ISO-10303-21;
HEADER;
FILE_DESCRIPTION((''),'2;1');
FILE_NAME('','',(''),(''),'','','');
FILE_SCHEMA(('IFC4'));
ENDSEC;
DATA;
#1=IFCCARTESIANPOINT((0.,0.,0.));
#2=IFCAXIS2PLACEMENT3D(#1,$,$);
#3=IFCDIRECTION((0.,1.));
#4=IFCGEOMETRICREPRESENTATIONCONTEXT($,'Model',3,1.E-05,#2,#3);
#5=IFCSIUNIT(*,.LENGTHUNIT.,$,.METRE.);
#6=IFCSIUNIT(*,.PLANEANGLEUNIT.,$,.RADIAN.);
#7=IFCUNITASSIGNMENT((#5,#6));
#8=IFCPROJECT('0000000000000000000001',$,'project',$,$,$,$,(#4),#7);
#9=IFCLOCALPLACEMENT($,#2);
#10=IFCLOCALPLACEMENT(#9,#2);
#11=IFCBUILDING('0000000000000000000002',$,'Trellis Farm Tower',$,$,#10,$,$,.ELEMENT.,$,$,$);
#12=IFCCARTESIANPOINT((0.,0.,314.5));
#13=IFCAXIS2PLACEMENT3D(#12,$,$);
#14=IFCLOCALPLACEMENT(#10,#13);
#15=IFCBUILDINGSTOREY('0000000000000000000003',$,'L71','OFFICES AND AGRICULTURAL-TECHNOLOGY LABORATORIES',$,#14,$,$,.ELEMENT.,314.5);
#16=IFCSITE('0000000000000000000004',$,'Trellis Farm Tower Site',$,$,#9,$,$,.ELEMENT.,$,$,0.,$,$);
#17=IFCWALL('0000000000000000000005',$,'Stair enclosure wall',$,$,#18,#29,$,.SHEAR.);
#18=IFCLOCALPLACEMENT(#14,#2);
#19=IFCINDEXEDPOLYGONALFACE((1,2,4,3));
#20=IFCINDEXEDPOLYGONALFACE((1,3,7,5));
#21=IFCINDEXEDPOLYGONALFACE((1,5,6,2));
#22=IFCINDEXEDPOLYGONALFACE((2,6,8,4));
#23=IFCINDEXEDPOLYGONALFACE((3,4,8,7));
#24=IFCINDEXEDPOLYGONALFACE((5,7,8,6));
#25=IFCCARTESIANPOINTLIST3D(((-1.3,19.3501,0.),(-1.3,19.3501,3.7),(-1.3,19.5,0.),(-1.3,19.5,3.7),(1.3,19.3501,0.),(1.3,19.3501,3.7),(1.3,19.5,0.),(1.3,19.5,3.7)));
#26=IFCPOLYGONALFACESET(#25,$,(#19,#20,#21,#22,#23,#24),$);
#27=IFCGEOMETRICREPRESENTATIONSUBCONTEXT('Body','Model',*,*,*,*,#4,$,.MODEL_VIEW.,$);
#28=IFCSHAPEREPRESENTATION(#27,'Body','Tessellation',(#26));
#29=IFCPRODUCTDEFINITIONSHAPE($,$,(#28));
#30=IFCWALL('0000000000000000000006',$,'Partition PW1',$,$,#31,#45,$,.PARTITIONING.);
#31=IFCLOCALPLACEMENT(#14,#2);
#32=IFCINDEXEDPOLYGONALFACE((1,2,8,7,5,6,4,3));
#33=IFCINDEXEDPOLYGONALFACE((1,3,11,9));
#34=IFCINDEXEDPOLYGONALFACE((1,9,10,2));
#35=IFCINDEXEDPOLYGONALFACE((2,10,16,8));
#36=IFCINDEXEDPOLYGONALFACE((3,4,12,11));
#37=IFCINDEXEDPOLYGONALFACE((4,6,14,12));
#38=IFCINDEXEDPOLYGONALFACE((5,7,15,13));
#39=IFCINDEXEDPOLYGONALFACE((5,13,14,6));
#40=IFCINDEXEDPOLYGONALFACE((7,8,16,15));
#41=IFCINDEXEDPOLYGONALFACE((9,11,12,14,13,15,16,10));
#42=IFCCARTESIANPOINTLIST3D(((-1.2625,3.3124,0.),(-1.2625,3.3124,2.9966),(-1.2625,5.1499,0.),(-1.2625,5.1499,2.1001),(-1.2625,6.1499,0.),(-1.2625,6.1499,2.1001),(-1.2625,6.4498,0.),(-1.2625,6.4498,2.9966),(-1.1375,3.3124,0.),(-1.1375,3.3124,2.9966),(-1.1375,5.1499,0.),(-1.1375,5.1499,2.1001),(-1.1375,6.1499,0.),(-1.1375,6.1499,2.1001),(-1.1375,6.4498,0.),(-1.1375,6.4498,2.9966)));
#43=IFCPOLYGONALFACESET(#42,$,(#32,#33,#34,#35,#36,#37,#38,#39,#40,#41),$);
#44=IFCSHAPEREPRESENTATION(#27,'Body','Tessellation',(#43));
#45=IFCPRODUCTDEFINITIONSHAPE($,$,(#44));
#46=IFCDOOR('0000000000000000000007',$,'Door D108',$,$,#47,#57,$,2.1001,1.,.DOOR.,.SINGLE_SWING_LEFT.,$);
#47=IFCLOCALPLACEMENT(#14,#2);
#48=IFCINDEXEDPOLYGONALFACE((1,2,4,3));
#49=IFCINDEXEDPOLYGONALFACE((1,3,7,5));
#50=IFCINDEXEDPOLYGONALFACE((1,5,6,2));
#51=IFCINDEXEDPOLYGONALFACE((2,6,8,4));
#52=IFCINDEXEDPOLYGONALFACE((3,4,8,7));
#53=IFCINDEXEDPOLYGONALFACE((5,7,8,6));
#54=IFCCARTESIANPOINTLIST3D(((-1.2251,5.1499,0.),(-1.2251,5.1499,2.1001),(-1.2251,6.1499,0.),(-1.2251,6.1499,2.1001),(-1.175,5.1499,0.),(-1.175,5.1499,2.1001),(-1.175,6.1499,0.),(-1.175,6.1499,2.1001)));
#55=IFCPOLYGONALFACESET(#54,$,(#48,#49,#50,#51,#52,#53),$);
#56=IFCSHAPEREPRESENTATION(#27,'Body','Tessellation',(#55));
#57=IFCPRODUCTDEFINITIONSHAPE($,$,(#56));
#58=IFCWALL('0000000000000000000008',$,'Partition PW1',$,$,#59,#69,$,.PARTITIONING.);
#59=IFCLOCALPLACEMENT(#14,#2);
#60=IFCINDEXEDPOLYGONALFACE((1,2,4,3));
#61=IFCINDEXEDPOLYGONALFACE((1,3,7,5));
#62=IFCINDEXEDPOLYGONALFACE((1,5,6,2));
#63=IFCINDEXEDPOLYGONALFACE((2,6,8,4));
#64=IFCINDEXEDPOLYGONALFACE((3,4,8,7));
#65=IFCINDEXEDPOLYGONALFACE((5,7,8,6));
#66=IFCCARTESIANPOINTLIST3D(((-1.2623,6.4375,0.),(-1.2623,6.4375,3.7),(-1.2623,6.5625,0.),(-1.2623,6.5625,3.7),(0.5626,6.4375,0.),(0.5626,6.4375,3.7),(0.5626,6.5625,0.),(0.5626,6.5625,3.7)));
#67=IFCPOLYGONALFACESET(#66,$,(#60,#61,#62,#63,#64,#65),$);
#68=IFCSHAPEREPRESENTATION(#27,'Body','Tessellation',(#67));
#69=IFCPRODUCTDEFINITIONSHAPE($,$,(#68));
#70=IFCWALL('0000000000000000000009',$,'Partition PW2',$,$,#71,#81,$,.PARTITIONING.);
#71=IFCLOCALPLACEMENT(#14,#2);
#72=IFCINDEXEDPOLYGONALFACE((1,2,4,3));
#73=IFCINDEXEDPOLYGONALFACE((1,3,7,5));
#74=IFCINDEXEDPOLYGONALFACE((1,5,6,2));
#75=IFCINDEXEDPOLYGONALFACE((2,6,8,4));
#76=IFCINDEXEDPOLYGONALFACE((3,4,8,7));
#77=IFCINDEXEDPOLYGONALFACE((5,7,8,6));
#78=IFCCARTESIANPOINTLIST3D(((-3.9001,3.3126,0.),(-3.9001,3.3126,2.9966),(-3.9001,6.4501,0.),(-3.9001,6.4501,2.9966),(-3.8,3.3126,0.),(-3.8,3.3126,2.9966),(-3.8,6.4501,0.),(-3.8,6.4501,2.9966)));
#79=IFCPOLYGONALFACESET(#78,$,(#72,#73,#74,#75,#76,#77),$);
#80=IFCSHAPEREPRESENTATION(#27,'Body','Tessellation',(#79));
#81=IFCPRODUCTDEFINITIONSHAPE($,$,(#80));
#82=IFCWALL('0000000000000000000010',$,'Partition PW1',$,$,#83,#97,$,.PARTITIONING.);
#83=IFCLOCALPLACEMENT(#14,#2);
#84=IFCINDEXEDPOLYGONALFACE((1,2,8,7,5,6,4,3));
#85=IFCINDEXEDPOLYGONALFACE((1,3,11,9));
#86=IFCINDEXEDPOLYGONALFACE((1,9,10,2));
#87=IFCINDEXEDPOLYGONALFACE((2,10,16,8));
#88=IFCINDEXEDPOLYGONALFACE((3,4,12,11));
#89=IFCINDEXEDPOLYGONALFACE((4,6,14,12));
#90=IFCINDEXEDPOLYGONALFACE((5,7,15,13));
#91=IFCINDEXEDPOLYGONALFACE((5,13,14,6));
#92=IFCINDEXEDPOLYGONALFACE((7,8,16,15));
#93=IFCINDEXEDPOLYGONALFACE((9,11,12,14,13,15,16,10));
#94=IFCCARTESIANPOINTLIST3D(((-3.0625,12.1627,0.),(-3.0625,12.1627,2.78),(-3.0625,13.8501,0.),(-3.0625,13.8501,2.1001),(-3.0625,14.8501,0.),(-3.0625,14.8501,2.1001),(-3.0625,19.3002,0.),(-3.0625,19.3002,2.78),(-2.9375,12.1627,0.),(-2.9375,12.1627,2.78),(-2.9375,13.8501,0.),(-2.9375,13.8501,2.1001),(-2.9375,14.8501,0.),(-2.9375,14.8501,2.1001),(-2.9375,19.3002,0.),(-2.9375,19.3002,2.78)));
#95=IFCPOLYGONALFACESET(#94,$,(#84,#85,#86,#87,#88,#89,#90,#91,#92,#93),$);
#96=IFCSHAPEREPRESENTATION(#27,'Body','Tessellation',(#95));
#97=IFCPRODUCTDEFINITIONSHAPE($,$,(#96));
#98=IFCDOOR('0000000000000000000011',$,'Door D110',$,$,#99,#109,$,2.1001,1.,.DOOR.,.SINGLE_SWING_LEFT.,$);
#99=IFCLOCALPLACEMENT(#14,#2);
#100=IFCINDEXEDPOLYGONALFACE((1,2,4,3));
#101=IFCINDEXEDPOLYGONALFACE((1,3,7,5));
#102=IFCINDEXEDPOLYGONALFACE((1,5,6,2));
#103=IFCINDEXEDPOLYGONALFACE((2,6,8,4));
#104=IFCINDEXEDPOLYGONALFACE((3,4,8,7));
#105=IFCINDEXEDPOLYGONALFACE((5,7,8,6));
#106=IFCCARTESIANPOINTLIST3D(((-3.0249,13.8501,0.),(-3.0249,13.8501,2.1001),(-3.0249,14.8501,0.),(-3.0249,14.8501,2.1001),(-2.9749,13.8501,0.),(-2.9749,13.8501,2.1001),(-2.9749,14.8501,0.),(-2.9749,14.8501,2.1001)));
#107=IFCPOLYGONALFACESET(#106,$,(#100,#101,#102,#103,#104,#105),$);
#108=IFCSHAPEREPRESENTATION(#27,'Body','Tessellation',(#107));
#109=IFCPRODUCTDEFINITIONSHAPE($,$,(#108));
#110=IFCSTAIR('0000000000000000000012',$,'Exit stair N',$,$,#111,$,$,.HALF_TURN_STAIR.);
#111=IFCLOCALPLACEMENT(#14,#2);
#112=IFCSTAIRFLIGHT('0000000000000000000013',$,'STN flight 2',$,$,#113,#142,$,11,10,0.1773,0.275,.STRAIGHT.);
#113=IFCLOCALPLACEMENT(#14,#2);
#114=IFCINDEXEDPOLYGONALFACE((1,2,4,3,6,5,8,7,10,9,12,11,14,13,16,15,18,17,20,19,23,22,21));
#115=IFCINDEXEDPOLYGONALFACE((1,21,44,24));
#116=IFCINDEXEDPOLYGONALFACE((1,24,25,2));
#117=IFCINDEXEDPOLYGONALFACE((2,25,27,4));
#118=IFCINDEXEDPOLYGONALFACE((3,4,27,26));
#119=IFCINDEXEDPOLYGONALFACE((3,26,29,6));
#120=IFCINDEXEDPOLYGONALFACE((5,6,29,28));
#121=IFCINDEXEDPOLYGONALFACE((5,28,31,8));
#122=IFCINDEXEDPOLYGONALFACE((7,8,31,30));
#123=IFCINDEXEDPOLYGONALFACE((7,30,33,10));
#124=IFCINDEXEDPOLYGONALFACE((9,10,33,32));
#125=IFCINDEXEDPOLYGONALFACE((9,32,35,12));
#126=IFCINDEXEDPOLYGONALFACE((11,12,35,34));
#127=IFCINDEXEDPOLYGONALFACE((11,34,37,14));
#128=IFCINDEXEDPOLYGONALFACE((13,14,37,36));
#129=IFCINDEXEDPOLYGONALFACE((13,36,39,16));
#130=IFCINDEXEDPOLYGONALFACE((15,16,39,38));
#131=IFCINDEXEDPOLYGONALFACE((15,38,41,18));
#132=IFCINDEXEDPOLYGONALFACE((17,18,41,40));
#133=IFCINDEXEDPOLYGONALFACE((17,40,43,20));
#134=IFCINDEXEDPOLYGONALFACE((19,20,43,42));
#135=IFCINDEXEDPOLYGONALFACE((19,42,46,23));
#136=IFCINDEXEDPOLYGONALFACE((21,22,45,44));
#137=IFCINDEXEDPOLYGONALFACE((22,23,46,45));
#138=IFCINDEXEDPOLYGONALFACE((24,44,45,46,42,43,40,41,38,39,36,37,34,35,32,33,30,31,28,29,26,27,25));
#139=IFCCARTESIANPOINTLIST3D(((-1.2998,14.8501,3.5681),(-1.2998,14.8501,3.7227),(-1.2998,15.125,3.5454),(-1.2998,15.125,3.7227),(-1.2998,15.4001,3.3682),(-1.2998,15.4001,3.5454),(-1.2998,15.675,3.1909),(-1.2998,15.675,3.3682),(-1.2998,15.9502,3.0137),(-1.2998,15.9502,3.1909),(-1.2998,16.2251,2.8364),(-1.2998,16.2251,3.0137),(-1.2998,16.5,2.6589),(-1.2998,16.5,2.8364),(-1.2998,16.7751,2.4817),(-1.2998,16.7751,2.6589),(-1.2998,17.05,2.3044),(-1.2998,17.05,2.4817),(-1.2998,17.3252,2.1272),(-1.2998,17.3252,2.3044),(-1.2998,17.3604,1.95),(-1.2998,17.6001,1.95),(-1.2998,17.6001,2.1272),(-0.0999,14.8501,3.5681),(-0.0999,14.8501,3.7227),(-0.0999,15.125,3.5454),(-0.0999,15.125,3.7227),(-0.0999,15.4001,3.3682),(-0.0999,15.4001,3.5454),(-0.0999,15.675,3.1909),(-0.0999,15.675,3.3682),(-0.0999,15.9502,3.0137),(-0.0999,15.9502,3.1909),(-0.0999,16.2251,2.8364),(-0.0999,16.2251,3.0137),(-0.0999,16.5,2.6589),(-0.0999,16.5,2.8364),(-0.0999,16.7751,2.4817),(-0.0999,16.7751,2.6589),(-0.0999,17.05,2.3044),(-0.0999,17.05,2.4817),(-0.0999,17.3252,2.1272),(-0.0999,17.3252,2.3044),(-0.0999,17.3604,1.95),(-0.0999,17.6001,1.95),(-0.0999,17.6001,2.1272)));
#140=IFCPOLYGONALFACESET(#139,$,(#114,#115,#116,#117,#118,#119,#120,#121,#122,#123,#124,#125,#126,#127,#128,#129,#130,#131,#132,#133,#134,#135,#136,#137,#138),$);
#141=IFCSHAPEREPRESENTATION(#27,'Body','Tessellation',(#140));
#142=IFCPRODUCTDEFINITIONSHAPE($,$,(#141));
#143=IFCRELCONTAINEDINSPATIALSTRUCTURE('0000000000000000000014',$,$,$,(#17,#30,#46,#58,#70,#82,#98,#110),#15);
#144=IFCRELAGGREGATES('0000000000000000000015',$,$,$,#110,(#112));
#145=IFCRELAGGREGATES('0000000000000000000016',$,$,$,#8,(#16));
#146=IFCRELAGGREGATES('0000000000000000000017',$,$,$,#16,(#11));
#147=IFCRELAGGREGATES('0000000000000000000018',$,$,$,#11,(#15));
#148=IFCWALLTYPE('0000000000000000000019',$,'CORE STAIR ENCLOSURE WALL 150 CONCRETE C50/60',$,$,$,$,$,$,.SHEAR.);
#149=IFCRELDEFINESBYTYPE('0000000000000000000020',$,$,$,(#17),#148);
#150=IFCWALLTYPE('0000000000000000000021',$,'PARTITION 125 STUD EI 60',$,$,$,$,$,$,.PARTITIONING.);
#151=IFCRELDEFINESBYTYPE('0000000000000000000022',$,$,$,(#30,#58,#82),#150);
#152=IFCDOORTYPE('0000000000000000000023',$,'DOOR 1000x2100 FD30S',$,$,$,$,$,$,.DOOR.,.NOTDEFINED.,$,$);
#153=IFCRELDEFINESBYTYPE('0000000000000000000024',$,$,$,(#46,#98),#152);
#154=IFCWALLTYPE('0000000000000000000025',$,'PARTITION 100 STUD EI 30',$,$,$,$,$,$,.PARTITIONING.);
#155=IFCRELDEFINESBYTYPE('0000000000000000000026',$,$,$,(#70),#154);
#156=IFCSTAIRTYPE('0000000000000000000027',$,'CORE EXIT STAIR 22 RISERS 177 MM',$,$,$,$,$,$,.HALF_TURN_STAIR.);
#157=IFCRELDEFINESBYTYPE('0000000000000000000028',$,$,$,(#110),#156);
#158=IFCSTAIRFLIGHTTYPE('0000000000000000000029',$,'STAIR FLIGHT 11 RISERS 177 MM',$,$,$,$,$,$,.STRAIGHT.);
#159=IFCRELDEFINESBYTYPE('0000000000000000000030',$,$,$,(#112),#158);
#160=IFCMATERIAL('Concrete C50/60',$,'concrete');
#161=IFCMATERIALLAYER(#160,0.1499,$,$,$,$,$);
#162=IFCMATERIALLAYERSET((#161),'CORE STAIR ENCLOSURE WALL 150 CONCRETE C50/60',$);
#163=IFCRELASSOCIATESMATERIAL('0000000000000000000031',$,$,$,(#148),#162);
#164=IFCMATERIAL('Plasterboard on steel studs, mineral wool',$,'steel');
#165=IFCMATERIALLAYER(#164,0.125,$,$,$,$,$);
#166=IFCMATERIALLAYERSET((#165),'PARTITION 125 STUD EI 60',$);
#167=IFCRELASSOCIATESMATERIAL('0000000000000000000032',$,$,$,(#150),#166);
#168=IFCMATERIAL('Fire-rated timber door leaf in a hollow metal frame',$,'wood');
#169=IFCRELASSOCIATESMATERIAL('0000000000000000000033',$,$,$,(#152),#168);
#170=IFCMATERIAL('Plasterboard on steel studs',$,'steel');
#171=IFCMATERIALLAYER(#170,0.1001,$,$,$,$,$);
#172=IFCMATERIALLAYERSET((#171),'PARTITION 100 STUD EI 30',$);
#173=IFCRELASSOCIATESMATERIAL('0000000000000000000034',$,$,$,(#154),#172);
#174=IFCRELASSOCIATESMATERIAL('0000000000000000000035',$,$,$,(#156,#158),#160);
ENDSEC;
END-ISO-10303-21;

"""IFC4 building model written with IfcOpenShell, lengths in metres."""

from ifc_helpers import new_model, si_unit, direction, frame, frame_2d, origin, place, context, subcontext, project, spatial, polyline, rectangle, outline, extrude, source, transform, mapped, material, layer, layer_set, type_object, element, fill, aggregate, save


model = new_model("IFC4")

# Units and contexts
model_context = context("Model", 3, precision=1e-05, world=origin(), true_north=direction((0.0, 1.0)))
body_context = subcontext(model_context, "Body", "Model", "MODEL_VIEW")
ifc_project = project(units=[si_unit("LENGTHUNIT", "METRE"), si_unit("PLANEANGLEUNIT", "RADIAN")], contexts=[model_context])

# Site, building, storey
site_placement = place(None, origin())
site = spatial("IfcSite", under=ifc_project, at=site_placement, Name="Trellis Farm Tower Site", CompositionType="ELEMENT", RefElevation=0.0)
building_placement = place(site_placement, origin())
building = spatial("IfcBuilding", under=site, at=building_placement, Name="Trellis Farm Tower", CompositionType="ELEMENT")
storey_placement = place(building_placement, frame((0.0, 0.0, 314.5)))
storey = spatial("IfcBuildingStorey", under=building, at=storey_placement, Name="L71", Description="OFFICES AND AGRICULTURAL-TECHNOLOGY LABORATORIES", CompositionType="ELEMENT", Elevation=314.5)

# Shared definitions
placement_1 = place(storey_placement, origin())

# Shared definitions
ifc_material_1 = material(Name="Concrete C50/60", Category="concrete")

# Shared definitions
ifc_layer_1 = layer(ifc_material_1, 0.1499)
ifc_layer_set_1 = layer_set([ifc_layer_1], Name="CORE STAIR ENCLOSURE WALL 150 CONCRETE C50/60")
wall_type_1 = type_object("IfcWallType", Name="CORE STAIR ENCLOSURE WALL 150 CONCRETE C50/60", PredefinedType="SHEAR", material=ifc_layer_set_1)
shared_shape_1 = source(origin(), body_context, "Body", "SweptSolid", [
    extrude(rectangle(XDim=2.6001, YDim=0.1499, at=frame_2d((1.3, 0.0))), origin(), (0.0, 0.0, 1.0), 3.7),
])

# Wall
wall_1_placement = place(storey_placement, frame((-1.3, 19.425, 0.0), z_axis=(0.0, 0.0, 1.0), x_axis=(1.0, 0.0, 0.0)))
element("IfcWall", 1, at=wall_1_placement, inside=storey, type_object=wall_type_1, Name="Stair enclosure wall", PredefinedType="SHEAR", context=body_context, shape_type="MappedRepresentation", body=[
    mapped(shared_shape_1, transform((0.0, 0.0, 0.0))),
])

# Wall, opening, door
ifc_material_2 = material(Name="Plasterboard on steel studs, mineral wool", Category="steel")
ifc_layer_2 = layer(ifc_material_2, 0.125)
ifc_layer_set_2 = layer_set([ifc_layer_2], Name="PARTITION 125 STUD EI 60")
wall_type_2 = type_object("IfcWallType", Name="PARTITION 125 STUD EI 60", PredefinedType="PARTITIONING", material=ifc_layer_set_2)
shared_shape_2 = source(origin(), body_context, "Body", "SweptSolid", [
    extrude(rectangle(XDim=3.1375, YDim=0.125, at=frame_2d((1.5688, 0.0))), origin(), (0.0, 0.0, 1.0), 2.9966),
])
wall_2_placement = place(storey_placement, frame((-1.2, 6.45, 0.0), z_axis=(0.0, 0.0, 1.0), x_axis=(0.0, -1.0, 0.0)))
wall_2 = element("IfcWall", 2, at=wall_2_placement, inside=storey, type_object=wall_type_2, Name="Partition PW1", PredefinedType="PARTITIONING", context=body_context, shape_type="MappedRepresentation", body=[
    mapped(shared_shape_2, transform((0.0, 0.0, 0.0))),
])
shared_shape_3 = source(origin(), body_context, "Body", "SweptSolid", [
    extrude(rectangle(XDim=1.0, YDim=2.1001, at=frame_2d((0.5, 1.05))), frame((0.0, 0.0725, 0.0), z_axis=(0.0, -1.0, 0.0), x_axis=(1.0, 0.0, 0.0)), (0.0, 0.0, 1.0), 0.145),
])
opening_1_placement = place(wall_2_placement, frame((0.3, 0.0, 0.0)))
opening_1 = element("IfcOpeningElement", 3, at=opening_1_placement, cuts=wall_2, PredefinedType="OPENING", context=body_context, shape_type="MappedRepresentation", body=[
    mapped(shared_shape_3, transform((0.0, 0.0, 0.0))),
])
ifc_material_3 = material(Name="Fire-rated timber door leaf in a hollow metal frame", Category="wood")
door_type_1 = type_object("IfcDoorType", Name="DOOR 1000x2100 FD30S", OperationType="NOTDEFINED", PredefinedType="DOOR", material=ifc_material_3)
shared_shape_4 = source(origin(), body_context, "Body", "SweptSolid", [
    extrude(rectangle(XDim=1.0, YDim=2.1001, at=frame_2d((0.5, 1.05))), frame((0.0, 0.0249, 0.0), z_axis=(0.0, -1.0, 0.0), x_axis=(1.0, 0.0, 0.0)), (0.0, 0.0, 1.0), 0.05),
])
door_1_placement = place(opening_1_placement, origin())
door_1 = element("IfcDoor", 4, at=door_1_placement, inside=storey, type_object=door_type_1, Name="Door D108", OperationType="SINGLE_SWING_LEFT", OverallHeight=2.1001, OverallWidth=1.0, PredefinedType="DOOR", context=body_context, shape_type="MappedRepresentation", body=[
    mapped(shared_shape_4, transform((0.0, 0.0, 0.0))),
])
fill(opening_1, door_1)

# Walls
shared_shape_5 = source(origin(), body_context, "Body", "SweptSolid", [
    extrude(rectangle(XDim=1.825, YDim=0.125, at=frame_2d((0.9126, 0.0))), origin(), (0.0, 0.0, 1.0), 3.7),
])
wall_3_placement = place(storey_placement, frame((-1.2625, 6.5, 0.0), z_axis=(0.0, 0.0, 1.0), x_axis=(1.0, 0.0, 0.0)))
element("IfcWall", 5, at=wall_3_placement, inside=storey, type_object=wall_type_2, Name="Partition PW1", PredefinedType="PARTITIONING", context=body_context, shape_type="MappedRepresentation", body=[
    mapped(shared_shape_5, transform((0.0, 0.0, 0.0))),
])
ifc_material_4 = material(Name="Plasterboard on steel studs", Category="steel")
ifc_layer_3 = layer(ifc_material_4, 0.1001)
ifc_layer_set_3 = layer_set([ifc_layer_3], Name="PARTITION 100 STUD EI 30")
wall_type_3 = type_object("IfcWallType", Name="PARTITION 100 STUD EI 30", PredefinedType="PARTITIONING", material=ifc_layer_set_3)
shared_shape_6 = source(origin(), body_context, "Body", "SweptSolid", [
    extrude(rectangle(XDim=3.1375, YDim=0.1001, at=frame_2d((1.5688, 0.0))), origin(), (0.0, 0.0, 1.0), 2.9966),
])
wall_4_placement = place(storey_placement, frame((-3.8501, 3.3125, 0.0), z_axis=(0.0, 0.0, 1.0), x_axis=(0.0, 1.0, 0.0)))
element("IfcWall", 6, at=wall_4_placement, inside=storey, type_object=wall_type_3, Name="Partition PW2", PredefinedType="PARTITIONING", context=body_context, shape_type="MappedRepresentation", body=[
    mapped(shared_shape_6, transform((0.0, 0.0, 0.0))),
])

# Wall, opening, door
shared_shape_7 = source(origin(), body_context, "Body", "SweptSolid", [
    extrude(rectangle(XDim=7.1375, YDim=0.125, at=frame_2d((3.5688, 0.0))), origin(), (0.0, 0.0, 1.0), 2.78),
])
wall_5_placement = place(storey_placement, frame((-3.0, 12.1626, 0.0), z_axis=(0.0, 0.0, 1.0), x_axis=(0.0, 1.0, 0.0)))
wall_5 = element("IfcWall", 7, at=wall_5_placement, inside=storey, type_object=wall_type_2, Name="Partition PW1", PredefinedType="PARTITIONING", context=body_context, shape_type="MappedRepresentation", body=[
    mapped(shared_shape_7, transform((0.0, 0.0, 0.0))),
])
opening_2_placement = place(wall_5_placement, frame((1.6875, 0.0, 0.0)))
opening_2 = element("IfcOpeningElement", 8, at=opening_2_placement, cuts=wall_5, PredefinedType="OPENING", context=body_context, shape_type="MappedRepresentation", body=[
    mapped(shared_shape_3, transform((0.0, 0.0, 0.0))),
])
door_2_placement = place(opening_2_placement, origin())
door_2 = element("IfcDoor", 9, at=door_2_placement, inside=storey, type_object=door_type_1, Name="Door D110", OperationType="SINGLE_SWING_LEFT", OverallHeight=2.1001, OverallWidth=1.0, PredefinedType="DOOR", context=body_context, shape_type="MappedRepresentation", body=[
    mapped(shared_shape_4, transform((0.0, 0.0, 0.0))),
])
fill(opening_2, door_2)

# Stair, stair flight
stair_type = type_object("IfcStairType", Name="CORE EXIT STAIR 22 RISERS 177 MM", PredefinedType="HALF_TURN_STAIR", material=ifc_material_1)
stair = element("IfcStair", 10, at=placement_1, inside=storey, type_object=stair_type, Name="Exit stair N", PredefinedType="HALF_TURN_STAIR")
stair_flight_type = type_object("IfcStairFlightType", Name="STAIR FLIGHT 11 RISERS 177 MM", PredefinedType="STRAIGHT", material=ifc_material_1)
shared_shape_8 = source(origin(), body_context, "Body", "SweptSolid", [
    extrude(outline(polyline([(0.0, 0.0), (0.0, 0.1772), (0.2749, 0.1772), (0.2749, 0.3545), (0.55, 0.3545), (0.55, 0.5317), (0.825, 0.5317), (0.825, 0.709), (1.1001, 0.709), (1.1001, 0.8865), (1.375, 0.8865), (1.375, 1.0637), (1.6499, 1.0637), (1.6499, 1.241), (1.925, 1.241), (1.925, 1.4182), (2.2, 1.4182), (2.2, 1.5955), (2.4751, 1.5955), (2.4751, 1.7727), (2.75, 1.7727), (2.75, 1.95), (2.75, 1.6182), (0.2397, 0.0), (0.0, 0.0)])), frame((0.0, 0.6001, 0.0), z_axis=(0.0, -1.0, 0.0), x_axis=(1.0, 0.0, 0.0)), (0.0, 0.0, 1.0), 1.2),
])
stair_flight_placement = place(storey_placement, frame((-0.7, 17.6001, 1.95), z_axis=(0.0, 0.0, 1.0), x_axis=(0.0, -1.0, 0.0)))
stair_flight = element("IfcStairFlight", 11, at=stair_flight_placement, type_object=stair_flight_type, Name="STN flight 2", NumberOfRisers=11, NumberOfTreads=10, PredefinedType="STRAIGHT", RiserHeight=0.1773, TreadLength=0.275, context=body_context, shape_type="MappedRepresentation", body=[
    mapped(shared_shape_8, transform((0.0, 0.0, 0.0))),
])
aggregate(stair, [stair_flight])

save(model, "model.ifc")
